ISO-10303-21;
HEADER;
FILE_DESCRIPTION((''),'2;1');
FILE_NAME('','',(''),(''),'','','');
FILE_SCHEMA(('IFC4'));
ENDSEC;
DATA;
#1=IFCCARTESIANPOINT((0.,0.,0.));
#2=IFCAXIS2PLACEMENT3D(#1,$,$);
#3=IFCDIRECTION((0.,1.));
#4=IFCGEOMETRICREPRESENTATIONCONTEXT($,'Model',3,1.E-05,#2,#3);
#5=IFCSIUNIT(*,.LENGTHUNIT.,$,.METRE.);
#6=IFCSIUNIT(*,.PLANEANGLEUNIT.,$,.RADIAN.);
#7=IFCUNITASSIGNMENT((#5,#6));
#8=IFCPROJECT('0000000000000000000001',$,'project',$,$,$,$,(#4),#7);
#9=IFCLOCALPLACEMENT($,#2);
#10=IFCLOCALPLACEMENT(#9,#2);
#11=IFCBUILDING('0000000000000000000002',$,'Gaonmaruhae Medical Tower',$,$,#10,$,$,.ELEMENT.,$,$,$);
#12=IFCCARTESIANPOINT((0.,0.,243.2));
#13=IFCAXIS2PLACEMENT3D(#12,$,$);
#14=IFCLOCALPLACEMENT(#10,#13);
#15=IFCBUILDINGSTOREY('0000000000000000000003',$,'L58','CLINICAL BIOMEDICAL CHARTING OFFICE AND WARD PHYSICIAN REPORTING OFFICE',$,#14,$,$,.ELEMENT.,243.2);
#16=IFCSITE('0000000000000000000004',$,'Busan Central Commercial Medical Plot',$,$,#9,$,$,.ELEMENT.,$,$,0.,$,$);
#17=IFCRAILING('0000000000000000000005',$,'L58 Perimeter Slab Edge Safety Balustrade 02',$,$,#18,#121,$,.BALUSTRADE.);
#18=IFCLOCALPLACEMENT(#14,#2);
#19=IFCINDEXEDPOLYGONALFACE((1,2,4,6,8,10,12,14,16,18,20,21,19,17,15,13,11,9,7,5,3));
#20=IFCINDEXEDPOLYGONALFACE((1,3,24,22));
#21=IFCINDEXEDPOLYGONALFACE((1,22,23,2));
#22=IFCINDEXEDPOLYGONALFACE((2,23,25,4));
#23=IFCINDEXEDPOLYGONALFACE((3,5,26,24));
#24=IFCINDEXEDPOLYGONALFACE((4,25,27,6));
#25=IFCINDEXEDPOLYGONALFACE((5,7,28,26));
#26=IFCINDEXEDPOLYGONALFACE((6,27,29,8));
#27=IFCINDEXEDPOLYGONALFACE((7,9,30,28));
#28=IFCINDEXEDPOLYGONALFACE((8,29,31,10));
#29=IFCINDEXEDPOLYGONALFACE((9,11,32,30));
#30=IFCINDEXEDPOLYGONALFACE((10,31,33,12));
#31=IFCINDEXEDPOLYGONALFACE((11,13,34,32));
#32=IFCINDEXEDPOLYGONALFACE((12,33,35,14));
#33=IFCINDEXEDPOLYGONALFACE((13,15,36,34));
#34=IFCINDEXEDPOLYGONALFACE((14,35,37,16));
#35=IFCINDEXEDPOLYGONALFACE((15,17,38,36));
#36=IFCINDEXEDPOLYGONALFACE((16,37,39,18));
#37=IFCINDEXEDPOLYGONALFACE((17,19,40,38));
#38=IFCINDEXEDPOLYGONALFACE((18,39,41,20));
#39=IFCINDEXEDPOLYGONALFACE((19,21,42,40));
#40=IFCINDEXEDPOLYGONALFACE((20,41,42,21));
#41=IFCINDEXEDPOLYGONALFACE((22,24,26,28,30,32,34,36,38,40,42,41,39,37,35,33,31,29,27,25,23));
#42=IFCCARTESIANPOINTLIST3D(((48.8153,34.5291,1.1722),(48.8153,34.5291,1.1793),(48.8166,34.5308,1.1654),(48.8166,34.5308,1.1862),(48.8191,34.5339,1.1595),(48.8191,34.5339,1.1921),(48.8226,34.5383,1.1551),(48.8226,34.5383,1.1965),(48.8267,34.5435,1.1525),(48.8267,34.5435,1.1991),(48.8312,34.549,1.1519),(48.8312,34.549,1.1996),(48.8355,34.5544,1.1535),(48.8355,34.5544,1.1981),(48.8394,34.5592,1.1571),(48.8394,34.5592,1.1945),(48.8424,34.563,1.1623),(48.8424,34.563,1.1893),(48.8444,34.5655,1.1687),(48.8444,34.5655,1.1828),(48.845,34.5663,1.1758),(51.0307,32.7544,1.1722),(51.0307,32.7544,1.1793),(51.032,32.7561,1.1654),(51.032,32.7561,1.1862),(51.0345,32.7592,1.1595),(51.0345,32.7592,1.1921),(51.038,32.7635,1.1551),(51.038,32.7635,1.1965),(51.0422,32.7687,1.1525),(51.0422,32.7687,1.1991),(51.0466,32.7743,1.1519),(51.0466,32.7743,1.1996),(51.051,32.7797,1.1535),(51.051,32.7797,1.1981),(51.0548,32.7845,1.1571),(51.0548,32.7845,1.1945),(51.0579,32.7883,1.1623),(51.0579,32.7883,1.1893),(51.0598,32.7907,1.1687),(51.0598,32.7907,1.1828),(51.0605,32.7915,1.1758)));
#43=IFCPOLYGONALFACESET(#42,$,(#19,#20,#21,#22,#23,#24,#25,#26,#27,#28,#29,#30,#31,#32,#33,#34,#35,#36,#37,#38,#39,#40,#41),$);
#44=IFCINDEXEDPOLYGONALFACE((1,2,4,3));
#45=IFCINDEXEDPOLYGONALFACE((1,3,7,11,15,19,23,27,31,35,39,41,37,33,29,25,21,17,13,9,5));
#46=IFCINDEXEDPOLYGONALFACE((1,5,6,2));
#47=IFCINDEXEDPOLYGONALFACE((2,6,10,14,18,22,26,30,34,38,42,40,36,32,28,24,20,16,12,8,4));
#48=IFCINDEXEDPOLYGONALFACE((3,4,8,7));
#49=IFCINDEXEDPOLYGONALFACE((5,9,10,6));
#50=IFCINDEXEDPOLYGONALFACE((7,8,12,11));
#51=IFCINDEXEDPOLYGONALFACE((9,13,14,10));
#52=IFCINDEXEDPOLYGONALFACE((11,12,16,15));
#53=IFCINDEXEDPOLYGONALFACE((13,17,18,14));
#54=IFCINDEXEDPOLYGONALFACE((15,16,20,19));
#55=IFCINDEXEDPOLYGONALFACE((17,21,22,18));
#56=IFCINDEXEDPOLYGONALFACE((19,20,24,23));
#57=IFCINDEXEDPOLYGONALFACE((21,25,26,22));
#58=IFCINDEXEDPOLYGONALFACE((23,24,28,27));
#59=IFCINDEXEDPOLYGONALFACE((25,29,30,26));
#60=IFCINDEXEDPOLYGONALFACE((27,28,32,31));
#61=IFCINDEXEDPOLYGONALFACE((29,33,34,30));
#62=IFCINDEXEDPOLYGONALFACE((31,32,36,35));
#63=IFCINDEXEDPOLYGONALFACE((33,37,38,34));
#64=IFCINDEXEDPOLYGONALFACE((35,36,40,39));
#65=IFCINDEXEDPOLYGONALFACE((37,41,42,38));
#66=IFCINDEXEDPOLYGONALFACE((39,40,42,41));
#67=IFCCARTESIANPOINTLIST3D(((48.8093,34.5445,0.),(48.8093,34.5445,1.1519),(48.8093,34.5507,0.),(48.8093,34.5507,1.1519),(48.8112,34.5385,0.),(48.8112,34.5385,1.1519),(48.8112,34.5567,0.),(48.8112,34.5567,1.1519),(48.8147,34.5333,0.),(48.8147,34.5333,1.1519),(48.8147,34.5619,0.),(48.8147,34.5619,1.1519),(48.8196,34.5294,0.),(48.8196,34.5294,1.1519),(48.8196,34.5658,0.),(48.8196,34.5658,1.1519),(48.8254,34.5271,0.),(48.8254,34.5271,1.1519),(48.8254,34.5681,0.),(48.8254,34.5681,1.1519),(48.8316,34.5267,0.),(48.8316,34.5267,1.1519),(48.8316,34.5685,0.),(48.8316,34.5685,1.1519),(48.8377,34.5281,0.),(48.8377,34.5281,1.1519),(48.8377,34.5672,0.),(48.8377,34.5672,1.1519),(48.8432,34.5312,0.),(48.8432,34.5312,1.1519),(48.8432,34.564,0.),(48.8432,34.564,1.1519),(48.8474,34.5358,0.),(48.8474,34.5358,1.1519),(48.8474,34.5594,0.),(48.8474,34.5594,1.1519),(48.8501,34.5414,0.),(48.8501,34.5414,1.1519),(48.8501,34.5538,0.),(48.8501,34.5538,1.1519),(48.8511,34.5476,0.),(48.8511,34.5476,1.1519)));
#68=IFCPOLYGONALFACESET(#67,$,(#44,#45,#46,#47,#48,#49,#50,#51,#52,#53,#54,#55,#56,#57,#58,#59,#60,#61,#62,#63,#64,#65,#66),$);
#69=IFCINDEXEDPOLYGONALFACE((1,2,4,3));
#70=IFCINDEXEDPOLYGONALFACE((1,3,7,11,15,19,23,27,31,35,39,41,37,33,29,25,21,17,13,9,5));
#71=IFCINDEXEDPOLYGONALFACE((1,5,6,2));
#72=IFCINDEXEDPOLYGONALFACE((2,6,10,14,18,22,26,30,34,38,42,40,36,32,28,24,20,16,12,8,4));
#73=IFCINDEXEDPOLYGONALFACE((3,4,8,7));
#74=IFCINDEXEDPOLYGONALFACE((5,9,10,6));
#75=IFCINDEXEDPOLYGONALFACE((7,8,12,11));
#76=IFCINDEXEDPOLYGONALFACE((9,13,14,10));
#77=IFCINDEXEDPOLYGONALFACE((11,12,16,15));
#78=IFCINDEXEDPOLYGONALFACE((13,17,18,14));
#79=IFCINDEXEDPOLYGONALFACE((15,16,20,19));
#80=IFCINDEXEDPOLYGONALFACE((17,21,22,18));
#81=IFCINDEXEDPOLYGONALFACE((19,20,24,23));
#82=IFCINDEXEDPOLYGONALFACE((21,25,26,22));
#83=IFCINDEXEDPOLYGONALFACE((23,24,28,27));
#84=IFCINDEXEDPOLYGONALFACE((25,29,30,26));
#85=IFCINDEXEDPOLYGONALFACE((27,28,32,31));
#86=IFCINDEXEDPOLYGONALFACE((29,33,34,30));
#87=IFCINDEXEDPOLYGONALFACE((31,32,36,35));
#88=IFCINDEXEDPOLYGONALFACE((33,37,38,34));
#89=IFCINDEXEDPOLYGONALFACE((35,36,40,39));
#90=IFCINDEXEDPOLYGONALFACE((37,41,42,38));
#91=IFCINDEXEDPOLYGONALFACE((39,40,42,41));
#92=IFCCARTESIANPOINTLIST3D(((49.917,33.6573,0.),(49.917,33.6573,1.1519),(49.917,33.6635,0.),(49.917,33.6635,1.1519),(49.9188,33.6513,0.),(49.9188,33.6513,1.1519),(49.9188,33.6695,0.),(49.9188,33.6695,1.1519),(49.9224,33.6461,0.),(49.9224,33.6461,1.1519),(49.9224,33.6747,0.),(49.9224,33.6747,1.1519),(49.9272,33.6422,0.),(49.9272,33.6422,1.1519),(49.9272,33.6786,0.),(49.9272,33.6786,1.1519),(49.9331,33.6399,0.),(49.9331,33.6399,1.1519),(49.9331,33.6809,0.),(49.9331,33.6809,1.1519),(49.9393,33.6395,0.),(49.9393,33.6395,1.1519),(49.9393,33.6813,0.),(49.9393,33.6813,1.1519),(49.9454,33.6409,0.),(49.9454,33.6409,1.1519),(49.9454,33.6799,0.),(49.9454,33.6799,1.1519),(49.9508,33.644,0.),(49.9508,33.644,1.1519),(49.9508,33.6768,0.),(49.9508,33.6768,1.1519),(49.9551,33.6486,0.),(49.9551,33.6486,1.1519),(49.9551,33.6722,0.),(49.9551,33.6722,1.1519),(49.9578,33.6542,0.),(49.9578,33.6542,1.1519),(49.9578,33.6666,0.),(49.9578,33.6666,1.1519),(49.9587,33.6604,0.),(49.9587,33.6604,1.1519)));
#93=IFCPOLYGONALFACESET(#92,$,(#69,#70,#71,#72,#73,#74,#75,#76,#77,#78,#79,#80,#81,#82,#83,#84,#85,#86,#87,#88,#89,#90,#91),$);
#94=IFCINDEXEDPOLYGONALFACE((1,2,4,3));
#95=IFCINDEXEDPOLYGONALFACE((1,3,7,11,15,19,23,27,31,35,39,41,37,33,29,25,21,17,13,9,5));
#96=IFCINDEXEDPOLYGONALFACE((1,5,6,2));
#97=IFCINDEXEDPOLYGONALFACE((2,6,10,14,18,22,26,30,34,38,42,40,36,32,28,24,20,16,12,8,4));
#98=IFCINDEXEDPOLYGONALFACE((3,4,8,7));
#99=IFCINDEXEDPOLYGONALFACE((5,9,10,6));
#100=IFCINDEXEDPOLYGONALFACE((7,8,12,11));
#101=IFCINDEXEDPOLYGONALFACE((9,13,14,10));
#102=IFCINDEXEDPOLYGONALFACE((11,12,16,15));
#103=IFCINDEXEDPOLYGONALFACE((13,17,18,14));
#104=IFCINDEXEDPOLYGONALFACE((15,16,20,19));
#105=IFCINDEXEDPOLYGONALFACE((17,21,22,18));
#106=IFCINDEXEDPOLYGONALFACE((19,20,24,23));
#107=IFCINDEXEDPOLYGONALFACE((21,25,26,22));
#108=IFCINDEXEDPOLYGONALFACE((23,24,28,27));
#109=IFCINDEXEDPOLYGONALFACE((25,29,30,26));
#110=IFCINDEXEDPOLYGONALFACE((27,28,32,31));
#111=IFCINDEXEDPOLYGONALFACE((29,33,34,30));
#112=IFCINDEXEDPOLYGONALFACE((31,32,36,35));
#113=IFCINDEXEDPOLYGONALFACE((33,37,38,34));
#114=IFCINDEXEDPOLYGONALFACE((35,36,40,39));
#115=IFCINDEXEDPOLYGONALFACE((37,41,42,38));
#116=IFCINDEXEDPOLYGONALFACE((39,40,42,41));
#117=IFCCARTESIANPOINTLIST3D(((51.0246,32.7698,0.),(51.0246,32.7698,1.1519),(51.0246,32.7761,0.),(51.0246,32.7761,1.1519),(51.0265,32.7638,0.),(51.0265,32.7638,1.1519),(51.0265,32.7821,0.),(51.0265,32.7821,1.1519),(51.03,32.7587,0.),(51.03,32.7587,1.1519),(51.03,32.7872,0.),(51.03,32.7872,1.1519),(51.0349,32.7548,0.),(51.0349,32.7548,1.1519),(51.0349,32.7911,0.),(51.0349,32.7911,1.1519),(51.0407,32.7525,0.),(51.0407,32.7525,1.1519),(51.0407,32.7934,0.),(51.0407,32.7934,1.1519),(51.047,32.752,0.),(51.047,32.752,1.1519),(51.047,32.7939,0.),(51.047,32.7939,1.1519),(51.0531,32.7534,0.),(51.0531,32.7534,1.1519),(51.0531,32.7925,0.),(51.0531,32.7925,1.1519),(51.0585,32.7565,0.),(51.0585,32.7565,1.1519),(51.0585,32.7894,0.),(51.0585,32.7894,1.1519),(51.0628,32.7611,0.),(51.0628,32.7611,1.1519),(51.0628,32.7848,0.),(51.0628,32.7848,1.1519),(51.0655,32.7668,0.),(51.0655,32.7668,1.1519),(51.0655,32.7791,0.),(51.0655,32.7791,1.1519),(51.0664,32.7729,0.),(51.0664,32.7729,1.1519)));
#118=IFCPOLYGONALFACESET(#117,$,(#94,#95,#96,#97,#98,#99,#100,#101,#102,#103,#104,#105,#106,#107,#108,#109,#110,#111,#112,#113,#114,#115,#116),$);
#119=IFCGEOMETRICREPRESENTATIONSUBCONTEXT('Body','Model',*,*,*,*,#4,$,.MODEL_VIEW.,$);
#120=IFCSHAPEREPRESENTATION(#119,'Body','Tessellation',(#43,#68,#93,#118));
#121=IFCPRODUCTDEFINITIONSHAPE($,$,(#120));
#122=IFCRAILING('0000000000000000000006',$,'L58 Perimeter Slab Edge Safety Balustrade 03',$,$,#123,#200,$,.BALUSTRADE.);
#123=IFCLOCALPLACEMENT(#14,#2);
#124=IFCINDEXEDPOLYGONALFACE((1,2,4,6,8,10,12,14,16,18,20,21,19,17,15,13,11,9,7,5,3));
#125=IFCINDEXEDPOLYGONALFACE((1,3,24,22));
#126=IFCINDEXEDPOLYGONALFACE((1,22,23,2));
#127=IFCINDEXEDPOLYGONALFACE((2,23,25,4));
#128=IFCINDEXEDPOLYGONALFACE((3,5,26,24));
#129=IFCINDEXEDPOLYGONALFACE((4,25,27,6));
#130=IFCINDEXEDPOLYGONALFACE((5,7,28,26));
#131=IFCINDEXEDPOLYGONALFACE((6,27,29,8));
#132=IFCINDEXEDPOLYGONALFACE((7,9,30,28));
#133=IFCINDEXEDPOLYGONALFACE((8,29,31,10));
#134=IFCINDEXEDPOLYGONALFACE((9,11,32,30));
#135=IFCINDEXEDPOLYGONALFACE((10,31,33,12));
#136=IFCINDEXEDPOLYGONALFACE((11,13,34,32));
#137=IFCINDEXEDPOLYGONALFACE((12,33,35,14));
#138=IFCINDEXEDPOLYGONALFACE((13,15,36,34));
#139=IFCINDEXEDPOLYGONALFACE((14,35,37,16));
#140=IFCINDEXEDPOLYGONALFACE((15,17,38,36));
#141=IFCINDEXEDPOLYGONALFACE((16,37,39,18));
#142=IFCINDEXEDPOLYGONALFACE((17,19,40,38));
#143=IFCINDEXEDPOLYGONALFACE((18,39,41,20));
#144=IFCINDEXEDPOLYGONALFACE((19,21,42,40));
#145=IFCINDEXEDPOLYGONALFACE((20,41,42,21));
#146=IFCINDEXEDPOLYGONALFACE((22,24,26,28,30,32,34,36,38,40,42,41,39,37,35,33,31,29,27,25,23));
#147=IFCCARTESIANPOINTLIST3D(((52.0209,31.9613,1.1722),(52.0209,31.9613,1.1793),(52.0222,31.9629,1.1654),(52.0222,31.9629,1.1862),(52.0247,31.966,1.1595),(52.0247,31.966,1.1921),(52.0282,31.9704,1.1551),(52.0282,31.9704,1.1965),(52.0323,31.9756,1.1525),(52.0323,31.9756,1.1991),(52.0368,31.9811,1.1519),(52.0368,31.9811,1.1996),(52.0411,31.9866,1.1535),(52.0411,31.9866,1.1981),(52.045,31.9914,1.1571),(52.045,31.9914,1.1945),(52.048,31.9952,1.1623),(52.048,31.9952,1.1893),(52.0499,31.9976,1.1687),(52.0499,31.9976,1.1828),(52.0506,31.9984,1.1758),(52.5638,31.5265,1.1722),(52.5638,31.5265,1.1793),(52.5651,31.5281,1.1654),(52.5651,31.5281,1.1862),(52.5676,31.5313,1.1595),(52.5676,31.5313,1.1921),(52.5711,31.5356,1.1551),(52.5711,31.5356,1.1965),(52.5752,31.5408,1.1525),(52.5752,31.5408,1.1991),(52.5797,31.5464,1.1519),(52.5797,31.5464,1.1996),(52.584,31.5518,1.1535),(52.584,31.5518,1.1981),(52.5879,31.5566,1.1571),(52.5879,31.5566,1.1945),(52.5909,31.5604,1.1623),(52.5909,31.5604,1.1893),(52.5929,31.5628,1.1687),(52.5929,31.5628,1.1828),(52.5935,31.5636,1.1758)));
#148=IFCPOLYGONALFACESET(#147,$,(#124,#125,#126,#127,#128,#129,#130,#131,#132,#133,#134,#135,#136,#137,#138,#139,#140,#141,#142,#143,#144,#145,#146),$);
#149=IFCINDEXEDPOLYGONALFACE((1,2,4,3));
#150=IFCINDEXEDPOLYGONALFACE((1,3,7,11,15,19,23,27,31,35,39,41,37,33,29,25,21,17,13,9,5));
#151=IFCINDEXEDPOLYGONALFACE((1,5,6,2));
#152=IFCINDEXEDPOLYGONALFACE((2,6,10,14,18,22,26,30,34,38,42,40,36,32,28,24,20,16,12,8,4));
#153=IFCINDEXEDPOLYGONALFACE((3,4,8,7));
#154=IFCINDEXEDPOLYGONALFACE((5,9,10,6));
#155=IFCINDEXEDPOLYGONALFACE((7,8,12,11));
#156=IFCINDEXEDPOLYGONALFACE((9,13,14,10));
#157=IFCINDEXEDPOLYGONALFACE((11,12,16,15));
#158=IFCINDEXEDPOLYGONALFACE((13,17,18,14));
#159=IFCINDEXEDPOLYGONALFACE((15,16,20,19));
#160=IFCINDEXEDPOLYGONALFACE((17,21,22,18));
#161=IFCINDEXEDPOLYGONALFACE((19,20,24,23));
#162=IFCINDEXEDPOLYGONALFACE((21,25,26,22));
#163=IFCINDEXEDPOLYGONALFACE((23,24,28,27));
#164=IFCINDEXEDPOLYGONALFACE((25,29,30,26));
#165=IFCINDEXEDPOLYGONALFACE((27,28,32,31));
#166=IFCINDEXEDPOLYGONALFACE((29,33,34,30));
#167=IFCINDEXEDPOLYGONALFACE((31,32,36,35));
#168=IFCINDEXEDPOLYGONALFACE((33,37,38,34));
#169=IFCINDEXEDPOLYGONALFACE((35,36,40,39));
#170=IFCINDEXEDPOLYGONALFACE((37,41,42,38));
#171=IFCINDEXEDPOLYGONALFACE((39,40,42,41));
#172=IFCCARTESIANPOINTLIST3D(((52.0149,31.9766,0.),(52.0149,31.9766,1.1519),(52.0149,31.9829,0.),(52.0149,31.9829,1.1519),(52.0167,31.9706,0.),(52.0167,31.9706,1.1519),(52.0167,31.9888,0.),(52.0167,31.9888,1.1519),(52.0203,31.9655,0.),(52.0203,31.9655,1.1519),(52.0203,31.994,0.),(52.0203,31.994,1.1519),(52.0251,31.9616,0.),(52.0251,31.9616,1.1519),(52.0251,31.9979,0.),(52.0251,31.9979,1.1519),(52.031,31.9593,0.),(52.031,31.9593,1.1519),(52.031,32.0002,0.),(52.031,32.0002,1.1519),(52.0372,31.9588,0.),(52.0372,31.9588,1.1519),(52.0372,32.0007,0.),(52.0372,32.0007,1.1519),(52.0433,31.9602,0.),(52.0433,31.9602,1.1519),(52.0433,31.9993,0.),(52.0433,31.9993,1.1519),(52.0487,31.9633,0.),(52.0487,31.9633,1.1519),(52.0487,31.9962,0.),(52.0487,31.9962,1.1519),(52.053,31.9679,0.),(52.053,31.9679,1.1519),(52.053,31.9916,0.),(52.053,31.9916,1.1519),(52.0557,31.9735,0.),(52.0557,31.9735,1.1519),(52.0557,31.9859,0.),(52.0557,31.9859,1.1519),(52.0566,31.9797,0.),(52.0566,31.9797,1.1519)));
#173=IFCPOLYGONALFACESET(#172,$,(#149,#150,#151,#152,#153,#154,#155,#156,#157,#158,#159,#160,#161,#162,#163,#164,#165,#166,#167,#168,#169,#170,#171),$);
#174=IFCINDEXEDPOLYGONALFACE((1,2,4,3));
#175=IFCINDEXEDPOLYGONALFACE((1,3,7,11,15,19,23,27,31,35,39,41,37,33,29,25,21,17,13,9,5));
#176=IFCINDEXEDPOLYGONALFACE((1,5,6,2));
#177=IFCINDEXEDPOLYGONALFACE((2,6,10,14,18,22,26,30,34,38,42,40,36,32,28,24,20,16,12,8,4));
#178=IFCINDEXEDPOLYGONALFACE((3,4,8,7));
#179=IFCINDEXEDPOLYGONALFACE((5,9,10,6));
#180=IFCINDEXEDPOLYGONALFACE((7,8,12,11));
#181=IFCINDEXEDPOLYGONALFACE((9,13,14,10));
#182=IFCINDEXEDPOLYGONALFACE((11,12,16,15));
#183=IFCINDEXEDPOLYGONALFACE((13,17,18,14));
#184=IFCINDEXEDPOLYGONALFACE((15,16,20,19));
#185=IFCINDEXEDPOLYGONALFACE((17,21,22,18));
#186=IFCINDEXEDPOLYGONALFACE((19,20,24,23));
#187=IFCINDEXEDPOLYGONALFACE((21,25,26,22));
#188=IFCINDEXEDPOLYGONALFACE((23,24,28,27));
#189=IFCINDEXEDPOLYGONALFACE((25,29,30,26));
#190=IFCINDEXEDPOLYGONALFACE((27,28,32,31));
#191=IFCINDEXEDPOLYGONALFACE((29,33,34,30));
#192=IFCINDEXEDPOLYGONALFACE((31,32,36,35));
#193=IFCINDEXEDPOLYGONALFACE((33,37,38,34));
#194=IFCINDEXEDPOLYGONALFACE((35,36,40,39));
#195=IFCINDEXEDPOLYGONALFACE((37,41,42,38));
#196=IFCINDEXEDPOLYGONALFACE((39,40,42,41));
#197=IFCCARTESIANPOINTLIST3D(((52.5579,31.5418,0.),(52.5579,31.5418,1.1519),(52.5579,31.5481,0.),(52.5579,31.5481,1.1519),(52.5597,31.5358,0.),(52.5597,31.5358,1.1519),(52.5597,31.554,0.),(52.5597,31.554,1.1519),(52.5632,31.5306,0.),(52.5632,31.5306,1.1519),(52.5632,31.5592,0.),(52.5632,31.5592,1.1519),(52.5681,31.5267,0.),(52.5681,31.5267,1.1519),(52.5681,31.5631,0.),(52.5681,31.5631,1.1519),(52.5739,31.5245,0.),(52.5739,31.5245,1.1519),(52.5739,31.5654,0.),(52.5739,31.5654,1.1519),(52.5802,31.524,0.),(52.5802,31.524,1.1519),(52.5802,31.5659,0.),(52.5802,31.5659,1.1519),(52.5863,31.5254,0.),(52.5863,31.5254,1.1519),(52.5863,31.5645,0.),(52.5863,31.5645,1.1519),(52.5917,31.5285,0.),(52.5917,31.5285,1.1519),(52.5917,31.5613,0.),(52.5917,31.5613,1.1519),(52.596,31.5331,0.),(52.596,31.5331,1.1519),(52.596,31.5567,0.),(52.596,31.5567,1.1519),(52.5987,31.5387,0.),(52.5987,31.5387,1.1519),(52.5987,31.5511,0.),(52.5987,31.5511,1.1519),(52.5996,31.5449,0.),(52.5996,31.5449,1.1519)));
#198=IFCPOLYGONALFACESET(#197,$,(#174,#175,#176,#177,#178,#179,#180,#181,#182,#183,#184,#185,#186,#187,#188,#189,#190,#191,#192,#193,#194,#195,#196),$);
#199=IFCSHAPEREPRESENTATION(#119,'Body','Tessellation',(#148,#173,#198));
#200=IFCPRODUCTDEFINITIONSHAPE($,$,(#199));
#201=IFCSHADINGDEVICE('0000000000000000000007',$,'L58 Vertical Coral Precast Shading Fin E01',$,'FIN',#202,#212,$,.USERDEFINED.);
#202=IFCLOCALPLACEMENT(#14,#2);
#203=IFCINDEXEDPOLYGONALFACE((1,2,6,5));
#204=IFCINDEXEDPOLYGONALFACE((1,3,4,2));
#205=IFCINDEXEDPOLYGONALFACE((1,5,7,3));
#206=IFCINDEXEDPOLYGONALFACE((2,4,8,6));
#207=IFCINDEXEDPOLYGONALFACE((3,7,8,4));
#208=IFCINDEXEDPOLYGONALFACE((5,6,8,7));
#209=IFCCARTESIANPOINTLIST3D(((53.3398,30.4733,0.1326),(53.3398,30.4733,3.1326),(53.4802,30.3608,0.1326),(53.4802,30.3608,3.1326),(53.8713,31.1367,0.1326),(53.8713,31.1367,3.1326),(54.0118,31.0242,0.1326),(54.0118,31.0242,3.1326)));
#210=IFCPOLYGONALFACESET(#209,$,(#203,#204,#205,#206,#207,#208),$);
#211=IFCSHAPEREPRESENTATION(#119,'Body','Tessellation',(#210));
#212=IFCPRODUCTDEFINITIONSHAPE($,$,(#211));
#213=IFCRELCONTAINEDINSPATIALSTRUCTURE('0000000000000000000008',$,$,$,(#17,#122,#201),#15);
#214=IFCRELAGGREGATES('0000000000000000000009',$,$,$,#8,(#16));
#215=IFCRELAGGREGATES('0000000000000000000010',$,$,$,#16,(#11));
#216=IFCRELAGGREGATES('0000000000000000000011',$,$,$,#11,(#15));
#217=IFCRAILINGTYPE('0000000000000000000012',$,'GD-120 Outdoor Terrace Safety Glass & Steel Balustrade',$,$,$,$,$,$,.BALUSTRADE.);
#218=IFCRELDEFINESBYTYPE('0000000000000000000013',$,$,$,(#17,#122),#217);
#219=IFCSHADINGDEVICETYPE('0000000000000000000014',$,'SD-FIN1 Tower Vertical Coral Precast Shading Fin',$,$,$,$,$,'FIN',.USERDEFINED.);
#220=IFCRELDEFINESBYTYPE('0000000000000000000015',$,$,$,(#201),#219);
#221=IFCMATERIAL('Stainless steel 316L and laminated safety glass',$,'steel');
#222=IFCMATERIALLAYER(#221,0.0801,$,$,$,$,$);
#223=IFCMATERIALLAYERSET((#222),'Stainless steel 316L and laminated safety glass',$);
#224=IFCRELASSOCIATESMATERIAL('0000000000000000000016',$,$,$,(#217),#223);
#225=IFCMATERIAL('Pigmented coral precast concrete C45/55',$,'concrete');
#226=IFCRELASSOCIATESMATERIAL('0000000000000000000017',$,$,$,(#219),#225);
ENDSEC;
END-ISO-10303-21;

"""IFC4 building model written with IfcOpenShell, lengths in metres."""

from ifc_helpers import new_model, si_unit, direction, frame, origin, origin_2d, place, context, subcontext, project, spatial, rectangle, circle, extrude, material, layer, layer_set, type_object, element, save


model = new_model("IFC4")

# Units and contexts
model_context = context("Model", 3, precision=1e-05, world=origin(), true_north=direction((0.0, 1.0)))
body_context = subcontext(model_context, "Body", "Model", "MODEL_VIEW")
ifc_project = project(units=[si_unit("LENGTHUNIT", "METRE"), si_unit("PLANEANGLEUNIT", "RADIAN")], contexts=[model_context])

# Site, building, storey
site_placement = place(None, origin())
site = spatial("IfcSite", under=ifc_project, at=site_placement, Name="Busan Central Commercial Medical Plot", CompositionType="ELEMENT", RefElevation=0.0)
building_placement = place(site_placement, origin())
building = spatial("IfcBuilding", under=site, at=building_placement, Name="Gaonmaruhae Medical Tower", CompositionType="ELEMENT")
storey_placement = place(building_placement, frame((0.0, 0.0, 243.2)))
storey = spatial("IfcBuildingStorey", under=building, at=storey_placement, Name="L58", Description="CLINICAL BIOMEDICAL CHARTING OFFICE AND WARD PHYSICIAN REPORTING OFFICE", CompositionType="ELEMENT", Elevation=243.2)

# Railings
ifc_material_1 = material(Name="Stainless steel 316L and laminated safety glass", Category="steel")
ifc_layer_1 = layer(ifc_material_1, 0.0801)
ifc_layer_set_1 = layer_set([ifc_layer_1], Name="Stainless steel 316L and laminated safety glass")
railing_type = type_object("IfcRailingType", Name="GD-120 Outdoor Terrace Safety Glass & Steel Balustrade", PredefinedType="BALUSTRADE", material=ifc_layer_set_1)
railing_1_placement = place(storey_placement, frame((48.8301, 34.5476, 0.0)))
element("IfcRailing", 1, at=railing_1_placement, inside=storey, type_object=railing_type, Name="L58 Perimeter Slab Edge Safety Balustrade 02", PredefinedType="BALUSTRADE", context=body_context, shape_type="SweptSolid", body=[
    extrude(circle(Radius=0.0239, at=origin_2d()), frame((0.0, 0.0, 1.1758), z_axis=(0.780457, -0.625209, 0.0), x_axis=(0.625209, 0.780457, 0.0)), (0.0, 0.0, 1.0), 2.8386),
    extrude(circle(Radius=0.021, at=origin_2d()), origin(), (0.0, 0.0, 1.0), 1.1519),
    extrude(circle(Radius=0.021, at=origin_2d()), frame((1.1077, -0.8872, 0.0)), (0.0, 0.0, 1.0), 1.1519),
    extrude(circle(Radius=0.021, at=origin_2d()), frame((2.2153, -1.7747, 0.0)), (0.0, 0.0, 1.0), 1.1519),
])
railing_2_placement = place(storey_placement, frame((52.0356, 31.9797, 0.0)))
element("IfcRailing", 2, at=railing_2_placement, inside=storey, type_object=railing_type, Name="L58 Perimeter Slab Edge Safety Balustrade 03", PredefinedType="BALUSTRADE", context=body_context, shape_type="SweptSolid", body=[
    extrude(circle(Radius=0.0239, at=origin_2d()), frame((0.0, 0.0, 1.1758), z_axis=(0.780561, -0.62508, 0.0), x_axis=(0.62508, 0.780561, 0.0)), (0.0, 0.0, 1.0), 0.6956),
    extrude(circle(Radius=0.021, at=origin_2d()), origin(), (0.0, 0.0, 1.0), 1.1519),
    extrude(circle(Radius=0.021, at=origin_2d()), frame((0.543, -0.4348, 0.0)), (0.0, 0.0, 1.0), 1.1519),
])

# Shading device
ifc_material_2 = material(Name="Pigmented coral precast concrete C45/55", Category="concrete")
shading_device_type = type_object("IfcShadingDeviceType", Name="SD-FIN1 Tower Vertical Coral Precast Shading Fin", ElementType="FIN", PredefinedType="USERDEFINED", material=ifc_material_2)
for number, where, z_axis, x_axis, name in (
    (3, (53.6758, 30.7488, 0.1326), (0.0, 0.0, 1.0), (0.780419, -0.625256, 0.0), "L58 Vertical Coral Precast Shading Fin E01"),
):
    element("IfcShadingDevice", number, at=place(storey_placement, frame(where, z_axis=z_axis, x_axis=x_axis)), inside=storey, type_object=shading_device_type, Name=name, ObjectType="FIN", PredefinedType="USERDEFINED", context=body_context, shape_type="SweptSolid", body=[
        extrude(rectangle(XDim=0.1799, YDim=0.8501, at=origin_2d()), origin(), (0.0, 0.0, 1.0), 3.0),
    ])

save(model, "model.ifc")
